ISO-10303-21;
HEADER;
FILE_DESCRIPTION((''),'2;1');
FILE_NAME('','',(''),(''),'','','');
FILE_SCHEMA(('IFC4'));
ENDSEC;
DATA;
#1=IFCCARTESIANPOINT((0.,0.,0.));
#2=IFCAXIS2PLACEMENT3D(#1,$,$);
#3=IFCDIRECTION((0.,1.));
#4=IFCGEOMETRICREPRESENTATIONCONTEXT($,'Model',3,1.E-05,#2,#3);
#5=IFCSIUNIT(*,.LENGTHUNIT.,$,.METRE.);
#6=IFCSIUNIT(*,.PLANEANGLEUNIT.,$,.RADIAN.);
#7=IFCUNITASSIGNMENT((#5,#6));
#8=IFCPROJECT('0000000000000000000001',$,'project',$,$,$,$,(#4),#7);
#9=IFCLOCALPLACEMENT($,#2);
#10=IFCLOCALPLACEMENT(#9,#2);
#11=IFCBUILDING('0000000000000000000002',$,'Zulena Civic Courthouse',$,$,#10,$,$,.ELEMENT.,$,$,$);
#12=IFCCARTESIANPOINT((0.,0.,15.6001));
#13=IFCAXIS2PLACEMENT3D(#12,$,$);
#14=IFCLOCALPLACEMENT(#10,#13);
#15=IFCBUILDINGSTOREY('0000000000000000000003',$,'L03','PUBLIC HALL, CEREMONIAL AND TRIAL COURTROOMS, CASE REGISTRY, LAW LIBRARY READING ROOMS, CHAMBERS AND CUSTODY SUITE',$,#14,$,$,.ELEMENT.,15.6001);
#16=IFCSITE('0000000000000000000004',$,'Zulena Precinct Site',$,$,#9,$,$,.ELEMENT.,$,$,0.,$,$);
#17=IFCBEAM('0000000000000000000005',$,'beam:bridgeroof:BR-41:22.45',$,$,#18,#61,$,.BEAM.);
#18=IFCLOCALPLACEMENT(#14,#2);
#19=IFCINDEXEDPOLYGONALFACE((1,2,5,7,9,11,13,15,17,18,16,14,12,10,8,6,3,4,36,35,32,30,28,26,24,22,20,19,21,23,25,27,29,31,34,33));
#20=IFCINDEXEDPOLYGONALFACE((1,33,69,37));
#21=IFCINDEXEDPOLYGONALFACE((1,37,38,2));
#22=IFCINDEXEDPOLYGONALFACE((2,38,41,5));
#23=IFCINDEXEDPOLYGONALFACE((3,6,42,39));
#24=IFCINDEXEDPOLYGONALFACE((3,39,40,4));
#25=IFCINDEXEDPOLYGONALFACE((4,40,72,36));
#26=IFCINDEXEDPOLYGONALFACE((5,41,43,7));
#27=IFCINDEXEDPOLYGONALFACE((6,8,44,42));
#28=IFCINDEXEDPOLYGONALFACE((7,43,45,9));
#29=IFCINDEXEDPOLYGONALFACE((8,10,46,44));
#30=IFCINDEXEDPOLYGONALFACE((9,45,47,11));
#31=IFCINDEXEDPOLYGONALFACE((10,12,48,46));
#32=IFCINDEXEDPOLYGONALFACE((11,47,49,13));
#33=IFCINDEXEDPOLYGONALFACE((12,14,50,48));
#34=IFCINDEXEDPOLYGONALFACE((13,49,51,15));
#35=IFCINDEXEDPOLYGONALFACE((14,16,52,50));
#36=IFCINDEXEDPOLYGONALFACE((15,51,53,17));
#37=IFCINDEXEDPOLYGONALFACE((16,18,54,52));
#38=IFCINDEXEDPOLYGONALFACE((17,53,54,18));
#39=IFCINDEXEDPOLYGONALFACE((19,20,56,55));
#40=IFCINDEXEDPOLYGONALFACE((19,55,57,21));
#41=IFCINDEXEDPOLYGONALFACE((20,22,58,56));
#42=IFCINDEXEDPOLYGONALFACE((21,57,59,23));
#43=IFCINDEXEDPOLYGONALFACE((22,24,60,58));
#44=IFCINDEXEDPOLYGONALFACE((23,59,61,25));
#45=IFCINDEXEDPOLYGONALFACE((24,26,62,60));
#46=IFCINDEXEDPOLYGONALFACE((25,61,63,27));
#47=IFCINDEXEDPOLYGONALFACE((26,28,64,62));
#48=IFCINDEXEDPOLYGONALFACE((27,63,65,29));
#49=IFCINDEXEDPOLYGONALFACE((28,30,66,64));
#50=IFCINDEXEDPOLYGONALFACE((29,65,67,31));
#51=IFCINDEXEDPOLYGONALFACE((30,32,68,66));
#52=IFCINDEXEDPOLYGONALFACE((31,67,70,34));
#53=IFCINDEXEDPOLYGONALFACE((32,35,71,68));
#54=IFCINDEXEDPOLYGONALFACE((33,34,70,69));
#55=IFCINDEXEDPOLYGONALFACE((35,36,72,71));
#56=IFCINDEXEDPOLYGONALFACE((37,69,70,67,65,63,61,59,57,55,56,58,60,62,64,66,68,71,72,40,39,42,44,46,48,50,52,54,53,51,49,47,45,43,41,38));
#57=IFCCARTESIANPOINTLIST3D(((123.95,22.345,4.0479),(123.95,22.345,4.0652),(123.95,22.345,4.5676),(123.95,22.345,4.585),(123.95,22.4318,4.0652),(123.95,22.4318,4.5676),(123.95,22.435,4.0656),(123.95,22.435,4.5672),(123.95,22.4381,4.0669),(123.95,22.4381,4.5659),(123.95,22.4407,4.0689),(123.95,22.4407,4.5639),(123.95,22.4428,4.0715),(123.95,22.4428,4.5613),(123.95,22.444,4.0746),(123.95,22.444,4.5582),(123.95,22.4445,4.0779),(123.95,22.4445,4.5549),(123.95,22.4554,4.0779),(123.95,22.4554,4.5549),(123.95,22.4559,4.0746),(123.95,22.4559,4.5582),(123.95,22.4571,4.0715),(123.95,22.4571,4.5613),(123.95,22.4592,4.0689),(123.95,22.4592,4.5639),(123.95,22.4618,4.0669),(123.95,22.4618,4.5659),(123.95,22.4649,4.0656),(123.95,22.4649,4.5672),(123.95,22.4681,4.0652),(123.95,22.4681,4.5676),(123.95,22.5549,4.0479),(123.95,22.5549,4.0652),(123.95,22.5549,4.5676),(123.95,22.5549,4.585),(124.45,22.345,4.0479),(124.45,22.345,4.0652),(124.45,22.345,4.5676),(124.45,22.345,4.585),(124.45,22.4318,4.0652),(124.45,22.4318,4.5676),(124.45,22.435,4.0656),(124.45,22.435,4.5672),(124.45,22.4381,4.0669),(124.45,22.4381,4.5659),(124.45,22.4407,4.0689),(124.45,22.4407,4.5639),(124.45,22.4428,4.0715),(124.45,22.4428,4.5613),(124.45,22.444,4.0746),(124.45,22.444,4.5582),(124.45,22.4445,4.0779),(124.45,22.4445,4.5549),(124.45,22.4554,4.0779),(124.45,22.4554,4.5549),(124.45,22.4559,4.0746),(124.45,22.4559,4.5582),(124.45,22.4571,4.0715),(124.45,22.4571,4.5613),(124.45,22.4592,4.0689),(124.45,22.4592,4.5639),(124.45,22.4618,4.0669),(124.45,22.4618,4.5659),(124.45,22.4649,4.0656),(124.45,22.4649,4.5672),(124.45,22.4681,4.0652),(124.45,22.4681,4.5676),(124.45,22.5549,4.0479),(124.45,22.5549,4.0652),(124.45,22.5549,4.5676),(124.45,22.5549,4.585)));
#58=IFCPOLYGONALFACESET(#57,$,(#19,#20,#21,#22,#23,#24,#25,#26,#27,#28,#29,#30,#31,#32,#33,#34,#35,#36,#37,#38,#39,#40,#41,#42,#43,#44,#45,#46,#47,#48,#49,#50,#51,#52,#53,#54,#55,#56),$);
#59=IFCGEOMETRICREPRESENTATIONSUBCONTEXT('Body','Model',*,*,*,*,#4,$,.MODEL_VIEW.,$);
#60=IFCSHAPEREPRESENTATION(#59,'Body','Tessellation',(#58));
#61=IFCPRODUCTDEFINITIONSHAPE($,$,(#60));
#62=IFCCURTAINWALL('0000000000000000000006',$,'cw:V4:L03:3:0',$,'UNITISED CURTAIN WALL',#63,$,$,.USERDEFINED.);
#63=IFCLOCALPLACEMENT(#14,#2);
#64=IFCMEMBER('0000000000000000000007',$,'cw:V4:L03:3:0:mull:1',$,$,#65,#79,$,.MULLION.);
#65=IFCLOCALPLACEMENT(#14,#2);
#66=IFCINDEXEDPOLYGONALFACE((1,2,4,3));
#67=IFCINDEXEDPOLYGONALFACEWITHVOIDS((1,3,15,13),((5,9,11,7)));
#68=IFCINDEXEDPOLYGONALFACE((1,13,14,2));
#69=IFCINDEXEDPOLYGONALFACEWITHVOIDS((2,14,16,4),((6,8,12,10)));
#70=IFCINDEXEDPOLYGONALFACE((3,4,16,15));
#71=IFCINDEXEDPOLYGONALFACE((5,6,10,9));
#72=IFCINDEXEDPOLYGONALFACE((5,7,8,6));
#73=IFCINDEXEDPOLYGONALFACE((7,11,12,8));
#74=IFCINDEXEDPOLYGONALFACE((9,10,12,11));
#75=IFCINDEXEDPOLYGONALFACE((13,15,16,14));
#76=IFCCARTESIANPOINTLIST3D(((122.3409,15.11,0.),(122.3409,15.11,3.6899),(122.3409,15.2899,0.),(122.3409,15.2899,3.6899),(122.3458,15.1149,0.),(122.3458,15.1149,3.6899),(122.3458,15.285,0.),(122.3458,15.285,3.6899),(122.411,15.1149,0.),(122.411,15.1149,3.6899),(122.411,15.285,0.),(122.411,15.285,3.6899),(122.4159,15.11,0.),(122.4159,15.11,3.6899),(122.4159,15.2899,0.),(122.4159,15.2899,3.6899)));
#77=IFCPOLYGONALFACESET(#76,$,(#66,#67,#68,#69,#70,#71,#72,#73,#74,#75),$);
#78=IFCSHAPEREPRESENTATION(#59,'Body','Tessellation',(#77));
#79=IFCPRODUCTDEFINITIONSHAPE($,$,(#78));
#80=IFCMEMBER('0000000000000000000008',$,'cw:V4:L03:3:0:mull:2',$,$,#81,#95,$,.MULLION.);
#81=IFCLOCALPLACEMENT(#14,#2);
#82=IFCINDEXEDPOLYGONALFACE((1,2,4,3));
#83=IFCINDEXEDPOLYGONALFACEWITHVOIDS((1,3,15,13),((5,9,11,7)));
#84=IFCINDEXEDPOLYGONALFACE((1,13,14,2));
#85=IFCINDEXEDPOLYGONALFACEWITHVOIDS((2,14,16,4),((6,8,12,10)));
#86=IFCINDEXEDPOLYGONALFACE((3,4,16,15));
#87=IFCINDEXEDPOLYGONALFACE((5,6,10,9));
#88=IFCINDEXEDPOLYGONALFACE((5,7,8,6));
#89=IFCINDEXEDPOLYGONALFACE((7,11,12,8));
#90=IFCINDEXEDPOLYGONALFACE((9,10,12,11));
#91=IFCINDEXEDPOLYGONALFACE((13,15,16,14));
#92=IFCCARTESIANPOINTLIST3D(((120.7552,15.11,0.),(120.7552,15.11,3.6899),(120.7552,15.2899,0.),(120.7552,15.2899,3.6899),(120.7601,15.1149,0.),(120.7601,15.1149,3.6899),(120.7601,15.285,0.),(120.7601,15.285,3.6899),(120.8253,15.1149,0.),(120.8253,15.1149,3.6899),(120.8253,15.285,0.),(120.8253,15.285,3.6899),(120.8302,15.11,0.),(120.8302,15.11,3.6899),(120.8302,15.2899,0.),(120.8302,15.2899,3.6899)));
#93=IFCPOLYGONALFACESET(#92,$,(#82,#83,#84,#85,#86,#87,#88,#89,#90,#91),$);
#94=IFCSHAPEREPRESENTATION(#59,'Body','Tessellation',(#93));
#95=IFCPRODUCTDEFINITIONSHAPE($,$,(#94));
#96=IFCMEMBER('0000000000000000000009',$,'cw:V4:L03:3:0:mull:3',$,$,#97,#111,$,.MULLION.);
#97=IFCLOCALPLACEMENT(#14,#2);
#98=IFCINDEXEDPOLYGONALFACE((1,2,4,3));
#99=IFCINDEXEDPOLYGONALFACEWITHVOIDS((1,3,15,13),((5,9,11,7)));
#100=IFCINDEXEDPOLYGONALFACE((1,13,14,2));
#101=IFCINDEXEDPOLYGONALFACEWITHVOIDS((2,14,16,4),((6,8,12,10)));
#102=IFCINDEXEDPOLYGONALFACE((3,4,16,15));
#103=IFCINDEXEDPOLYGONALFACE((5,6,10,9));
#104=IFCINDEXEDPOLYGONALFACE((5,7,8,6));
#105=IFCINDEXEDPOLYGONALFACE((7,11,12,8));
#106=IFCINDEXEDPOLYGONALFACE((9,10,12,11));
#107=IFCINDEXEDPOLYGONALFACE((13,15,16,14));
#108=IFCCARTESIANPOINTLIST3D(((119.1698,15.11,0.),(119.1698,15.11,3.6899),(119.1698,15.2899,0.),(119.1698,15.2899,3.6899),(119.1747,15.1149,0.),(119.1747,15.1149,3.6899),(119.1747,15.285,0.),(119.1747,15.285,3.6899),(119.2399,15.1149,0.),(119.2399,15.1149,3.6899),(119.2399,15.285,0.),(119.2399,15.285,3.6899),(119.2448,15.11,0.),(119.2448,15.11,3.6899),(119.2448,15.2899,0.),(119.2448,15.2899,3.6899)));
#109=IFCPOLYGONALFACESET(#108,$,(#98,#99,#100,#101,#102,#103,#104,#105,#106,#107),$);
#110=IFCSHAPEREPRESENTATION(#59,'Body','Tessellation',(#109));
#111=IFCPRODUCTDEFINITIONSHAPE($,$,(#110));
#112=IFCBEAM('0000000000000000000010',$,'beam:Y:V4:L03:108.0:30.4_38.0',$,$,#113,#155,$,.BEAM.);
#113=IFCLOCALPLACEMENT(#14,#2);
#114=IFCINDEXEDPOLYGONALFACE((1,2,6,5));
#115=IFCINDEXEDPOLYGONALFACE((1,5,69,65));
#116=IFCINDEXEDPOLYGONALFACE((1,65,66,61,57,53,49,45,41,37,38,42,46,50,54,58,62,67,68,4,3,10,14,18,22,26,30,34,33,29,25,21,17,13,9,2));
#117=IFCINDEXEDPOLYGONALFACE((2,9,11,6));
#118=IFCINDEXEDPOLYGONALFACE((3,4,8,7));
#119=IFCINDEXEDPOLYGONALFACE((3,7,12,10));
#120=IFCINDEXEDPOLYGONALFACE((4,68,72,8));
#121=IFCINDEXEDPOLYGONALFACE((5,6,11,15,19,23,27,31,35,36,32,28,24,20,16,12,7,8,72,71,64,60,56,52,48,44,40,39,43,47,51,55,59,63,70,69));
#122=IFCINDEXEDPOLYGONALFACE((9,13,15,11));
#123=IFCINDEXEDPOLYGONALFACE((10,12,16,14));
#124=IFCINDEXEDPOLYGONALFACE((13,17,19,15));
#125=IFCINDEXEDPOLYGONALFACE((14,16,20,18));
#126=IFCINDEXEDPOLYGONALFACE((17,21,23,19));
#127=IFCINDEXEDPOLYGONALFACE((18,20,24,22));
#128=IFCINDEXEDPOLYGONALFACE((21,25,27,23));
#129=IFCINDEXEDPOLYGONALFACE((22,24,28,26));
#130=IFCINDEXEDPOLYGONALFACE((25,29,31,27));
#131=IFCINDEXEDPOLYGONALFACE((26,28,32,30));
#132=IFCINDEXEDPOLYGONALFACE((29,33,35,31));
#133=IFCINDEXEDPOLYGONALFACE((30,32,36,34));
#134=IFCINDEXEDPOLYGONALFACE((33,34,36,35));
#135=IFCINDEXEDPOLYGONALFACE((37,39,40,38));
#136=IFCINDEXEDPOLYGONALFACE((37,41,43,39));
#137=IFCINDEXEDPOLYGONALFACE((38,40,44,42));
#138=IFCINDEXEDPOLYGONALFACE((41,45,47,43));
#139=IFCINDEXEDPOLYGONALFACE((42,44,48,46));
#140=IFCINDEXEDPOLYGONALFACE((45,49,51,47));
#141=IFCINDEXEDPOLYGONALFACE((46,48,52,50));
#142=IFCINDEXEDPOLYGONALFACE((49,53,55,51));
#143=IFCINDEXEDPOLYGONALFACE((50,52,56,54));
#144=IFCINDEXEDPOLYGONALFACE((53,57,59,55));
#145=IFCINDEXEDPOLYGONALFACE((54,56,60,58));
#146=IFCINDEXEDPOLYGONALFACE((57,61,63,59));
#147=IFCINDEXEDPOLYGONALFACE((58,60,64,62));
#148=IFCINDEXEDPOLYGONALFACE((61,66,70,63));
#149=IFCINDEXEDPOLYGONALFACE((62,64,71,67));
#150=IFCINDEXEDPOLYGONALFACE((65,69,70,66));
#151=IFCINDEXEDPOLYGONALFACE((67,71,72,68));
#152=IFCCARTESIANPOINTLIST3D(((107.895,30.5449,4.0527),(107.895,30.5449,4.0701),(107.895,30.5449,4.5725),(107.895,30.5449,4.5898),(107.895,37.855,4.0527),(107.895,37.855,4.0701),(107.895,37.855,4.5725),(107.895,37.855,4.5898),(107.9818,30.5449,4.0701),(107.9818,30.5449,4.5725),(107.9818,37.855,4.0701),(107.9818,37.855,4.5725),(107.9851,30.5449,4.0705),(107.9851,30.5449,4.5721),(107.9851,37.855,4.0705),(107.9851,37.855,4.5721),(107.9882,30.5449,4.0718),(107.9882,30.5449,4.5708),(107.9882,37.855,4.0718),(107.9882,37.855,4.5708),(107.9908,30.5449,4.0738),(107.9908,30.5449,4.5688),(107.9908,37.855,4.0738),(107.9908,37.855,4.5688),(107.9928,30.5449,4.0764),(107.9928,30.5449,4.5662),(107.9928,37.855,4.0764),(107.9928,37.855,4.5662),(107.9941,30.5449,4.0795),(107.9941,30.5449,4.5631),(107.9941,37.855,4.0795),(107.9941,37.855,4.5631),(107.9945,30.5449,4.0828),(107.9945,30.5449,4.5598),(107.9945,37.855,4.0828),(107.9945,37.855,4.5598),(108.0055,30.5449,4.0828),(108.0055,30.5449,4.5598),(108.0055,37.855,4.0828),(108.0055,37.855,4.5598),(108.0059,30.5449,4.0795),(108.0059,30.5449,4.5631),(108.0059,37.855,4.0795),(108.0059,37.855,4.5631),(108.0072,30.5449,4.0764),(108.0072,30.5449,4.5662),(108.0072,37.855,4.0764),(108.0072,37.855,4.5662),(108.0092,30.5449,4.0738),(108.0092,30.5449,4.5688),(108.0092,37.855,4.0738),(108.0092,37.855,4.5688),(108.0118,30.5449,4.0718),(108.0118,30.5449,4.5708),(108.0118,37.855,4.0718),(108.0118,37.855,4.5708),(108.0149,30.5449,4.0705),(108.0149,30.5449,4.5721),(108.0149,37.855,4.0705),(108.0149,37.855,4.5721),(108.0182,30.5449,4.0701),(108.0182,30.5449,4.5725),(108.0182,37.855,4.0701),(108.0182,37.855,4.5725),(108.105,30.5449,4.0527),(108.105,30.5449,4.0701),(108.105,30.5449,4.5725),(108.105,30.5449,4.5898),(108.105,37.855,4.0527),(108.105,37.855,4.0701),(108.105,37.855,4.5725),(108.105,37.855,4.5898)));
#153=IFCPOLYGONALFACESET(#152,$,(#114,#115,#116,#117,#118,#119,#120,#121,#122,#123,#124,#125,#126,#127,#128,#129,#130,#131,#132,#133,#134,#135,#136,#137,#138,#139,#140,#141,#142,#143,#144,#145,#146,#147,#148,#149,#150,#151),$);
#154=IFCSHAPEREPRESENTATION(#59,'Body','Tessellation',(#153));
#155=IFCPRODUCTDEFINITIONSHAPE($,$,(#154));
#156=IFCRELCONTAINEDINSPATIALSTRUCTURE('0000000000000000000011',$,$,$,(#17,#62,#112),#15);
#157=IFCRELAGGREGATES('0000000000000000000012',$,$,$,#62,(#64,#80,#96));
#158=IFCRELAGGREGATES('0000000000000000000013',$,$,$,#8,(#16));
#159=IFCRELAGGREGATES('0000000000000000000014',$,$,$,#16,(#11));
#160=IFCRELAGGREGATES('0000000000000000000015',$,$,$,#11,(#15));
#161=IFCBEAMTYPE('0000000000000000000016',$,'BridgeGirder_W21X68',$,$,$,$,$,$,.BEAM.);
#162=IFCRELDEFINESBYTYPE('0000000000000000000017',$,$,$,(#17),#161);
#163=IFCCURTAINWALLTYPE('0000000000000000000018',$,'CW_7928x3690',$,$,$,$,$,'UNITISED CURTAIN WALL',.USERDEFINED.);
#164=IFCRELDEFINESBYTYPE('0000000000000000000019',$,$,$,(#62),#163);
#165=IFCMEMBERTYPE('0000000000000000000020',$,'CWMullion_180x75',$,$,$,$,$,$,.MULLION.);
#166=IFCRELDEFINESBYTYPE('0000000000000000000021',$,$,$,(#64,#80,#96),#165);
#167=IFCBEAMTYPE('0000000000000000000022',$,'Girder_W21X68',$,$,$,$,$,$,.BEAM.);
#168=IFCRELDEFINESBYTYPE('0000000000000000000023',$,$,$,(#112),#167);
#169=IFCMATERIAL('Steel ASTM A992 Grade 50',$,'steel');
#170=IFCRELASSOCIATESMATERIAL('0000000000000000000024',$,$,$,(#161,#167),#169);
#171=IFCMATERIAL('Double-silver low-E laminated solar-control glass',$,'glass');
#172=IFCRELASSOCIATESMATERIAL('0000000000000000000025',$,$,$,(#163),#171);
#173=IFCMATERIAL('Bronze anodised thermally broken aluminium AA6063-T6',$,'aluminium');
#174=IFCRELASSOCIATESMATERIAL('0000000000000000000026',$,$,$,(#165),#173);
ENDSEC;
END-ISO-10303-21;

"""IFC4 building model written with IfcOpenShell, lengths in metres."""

from ifc_helpers import new_model, si_unit, direction, frame, origin, origin_2d, place, context, subcontext, project, spatial, hollow_rectangle, i_section, extrude, material, material_profile, profile_set, type_object, element, aggregate, save


model = new_model("IFC4")

# Units and contexts
model_context = context("Model", 3, precision=1e-05, world=origin(), true_north=direction((0.0, 1.0)))
body_context = subcontext(model_context, "Body", "Model", "MODEL_VIEW")
ifc_project = project(units=[si_unit("LENGTHUNIT", "METRE"), si_unit("PLANEANGLEUNIT", "RADIAN")], contexts=[model_context])

# Site, building, storey
site_placement = place(None, origin())
site = spatial("IfcSite", under=ifc_project, at=site_placement, Name="Zulena Precinct Site", CompositionType="ELEMENT", RefElevation=0.0)
building_placement = place(site_placement, origin())
building = spatial("IfcBuilding", under=site, at=building_placement, Name="Zulena Civic Courthouse", CompositionType="ELEMENT")
storey_placement = place(building_placement, frame((0.0, 0.0, 15.6001)))
storey = spatial("IfcBuildingStorey", under=building, at=storey_placement, Name="L03", Description="PUBLIC HALL, CEREMONIAL AND TRIAL COURTROOMS, CASE REGISTRY, LAW LIBRARY READING ROOMS, CHAMBERS AND CUSTODY SUITE", CompositionType="ELEMENT", Elevation=15.6001)

# Shared definitions
ifc_material_1 = material(Name="Steel ASTM A992 Grade 50", Category="steel")

# Beam
ifc_material_profile_1 = material_profile(ifc_material_1, i_section(OverallWidth=0.21, OverallDepth=0.5371, WebThickness=0.011, FlangeThickness=0.0173, FilletRadius=0.0127, at=origin_2d()), Name="W21X68")
ifc_profile_set_1 = profile_set([ifc_material_profile_1], Name="Steel ASTM A992 Grade 50")
beam_type_1 = type_object("IfcBeamType", Name="BridgeGirder_W21X68", PredefinedType="BEAM", material=ifc_profile_set_1)
for number, where, z_axis, x_axis, name in (
    (1, (123.95, 22.45, 4.3164), (1.0, 0.0, 0.0), (0.0, 1.0, 0.0), "beam:bridgeroof:BR-41:22.45"),
):
    element("IfcBeam", number, at=place(storey_placement, frame(where, z_axis=z_axis, x_axis=x_axis)), inside=storey, type_object=beam_type_1, Name=name, PredefinedType="BEAM", context=body_context, shape_type="SweptSolid", body=[
        extrude(i_section(OverallWidth=0.21, OverallDepth=0.5371, WebThickness=0.011, FlangeThickness=0.0173, FilletRadius=0.0127, at=origin_2d()), origin(), (0.0, 0.0, 1.0), 0.5),
    ])

# Curtain wall, members
ifc_material_2 = material(Name="Double-silver low-E laminated solar-control glass", Category="glass")
curtain_wall_type = type_object("IfcCurtainWallType", Name="CW_7928x3690", ElementType="UNITISED CURTAIN WALL", PredefinedType="USERDEFINED", material=ifc_material_2)
curtain_wall_placement = place(storey_placement, origin())
curtain_wall = element("IfcCurtainWall", 2, at=curtain_wall_placement, inside=storey, type_object=curtain_wall_type, Name="cw:V4:L03:3:0", ObjectType="UNITISED CURTAIN WALL", PredefinedType="USERDEFINED")
ifc_material_3 = material(Name="Bronze anodised thermally broken aluminium AA6063-T6", Category="aluminium")
ifc_material_profile_2 = material_profile(ifc_material_3, hollow_rectangle(XDim=0.075, YDim=0.1799, WallThickness=0.0049, at=origin_2d()), Name="CWM180X75X5")
ifc_profile_set_2 = profile_set([ifc_material_profile_2], Name="Bronze anodised thermally broken aluminium AA6063-T6")
member_type = type_object("IfcMemberType", Name="CWMullion_180x75", PredefinedType="MULLION", material=ifc_profile_set_2)
member_1_placement = place(storey_placement, frame((122.3784, 15.2, 0.0), z_axis=(0.0, 0.0, 1.0), x_axis=(1.0, 0.0, 0.0)))
member_1 = element("IfcMember", 3, at=member_1_placement, type_object=member_type, Name="cw:V4:L03:3:0:mull:1", PredefinedType="MULLION", context=body_context, shape_type="SweptSolid", body=[
    extrude(hollow_rectangle(XDim=0.075, YDim=0.1799, WallThickness=0.0049, at=origin_2d()), origin(), (0.0, 0.0, 1.0), 3.6899),
])
member_2_placement = place(storey_placement, frame((120.7927, 15.2, 0.0), z_axis=(0.0, 0.0, 1.0), x_axis=(1.0, 0.0, 0.0)))
member_2 = element("IfcMember", 4, at=member_2_placement, type_object=member_type, Name="cw:V4:L03:3:0:mull:2", PredefinedType="MULLION", context=body_context, shape_type="SweptSolid", body=[
    extrude(hollow_rectangle(XDim=0.075, YDim=0.1799, WallThickness=0.0049, at=origin_2d()), origin(), (0.0, 0.0, 1.0), 3.6899),
])
member_3_placement = place(storey_placement, frame((119.2073, 15.2, 0.0), z_axis=(0.0, 0.0, 1.0), x_axis=(1.0, 0.0, 0.0)))
member_3 = element("IfcMember", 5, at=member_3_placement, type_object=member_type, Name="cw:V4:L03:3:0:mull:3", PredefinedType="MULLION", context=body_context, shape_type="SweptSolid", body=[
    extrude(hollow_rectangle(XDim=0.075, YDim=0.1799, WallThickness=0.0049, at=origin_2d()), origin(), (0.0, 0.0, 1.0), 3.6899),
])

# Beam
ifc_material_profile_3 = material_profile(ifc_material_1, i_section(OverallWidth=0.21, OverallDepth=0.5371, WebThickness=0.011, FlangeThickness=0.0173, FilletRadius=0.0127, at=origin_2d()), Name="W21X68")
ifc_profile_set_3 = profile_set([ifc_material_profile_3], Name="Steel ASTM A992 Grade 50")
beam_type_2 = type_object("IfcBeamType", Name="Girder_W21X68", PredefinedType="BEAM", material=ifc_profile_set_3)
beam_1_placement = place(storey_placement, frame((108.0, 30.5449, 4.3213), z_axis=(0.0, 1.0, 0.0), x_axis=(-1.0, 0.0, 0.0)))
element("IfcBeam", 6, at=beam_1_placement, inside=storey, type_object=beam_type_2, Name="beam:Y:V4:L03:108.0:30.4_38.0", PredefinedType="BEAM", context=body_context, shape_type="SweptSolid", body=[
    extrude(i_section(OverallWidth=0.21, OverallDepth=0.5371, WebThickness=0.011, FlangeThickness=0.0173, FilletRadius=0.0127, at=origin_2d()), origin(), (0.0, 0.0, 1.0), 7.3101),
])

aggregate(curtain_wall, [member_1, member_2, member_3])

save(model, "model.ifc")
